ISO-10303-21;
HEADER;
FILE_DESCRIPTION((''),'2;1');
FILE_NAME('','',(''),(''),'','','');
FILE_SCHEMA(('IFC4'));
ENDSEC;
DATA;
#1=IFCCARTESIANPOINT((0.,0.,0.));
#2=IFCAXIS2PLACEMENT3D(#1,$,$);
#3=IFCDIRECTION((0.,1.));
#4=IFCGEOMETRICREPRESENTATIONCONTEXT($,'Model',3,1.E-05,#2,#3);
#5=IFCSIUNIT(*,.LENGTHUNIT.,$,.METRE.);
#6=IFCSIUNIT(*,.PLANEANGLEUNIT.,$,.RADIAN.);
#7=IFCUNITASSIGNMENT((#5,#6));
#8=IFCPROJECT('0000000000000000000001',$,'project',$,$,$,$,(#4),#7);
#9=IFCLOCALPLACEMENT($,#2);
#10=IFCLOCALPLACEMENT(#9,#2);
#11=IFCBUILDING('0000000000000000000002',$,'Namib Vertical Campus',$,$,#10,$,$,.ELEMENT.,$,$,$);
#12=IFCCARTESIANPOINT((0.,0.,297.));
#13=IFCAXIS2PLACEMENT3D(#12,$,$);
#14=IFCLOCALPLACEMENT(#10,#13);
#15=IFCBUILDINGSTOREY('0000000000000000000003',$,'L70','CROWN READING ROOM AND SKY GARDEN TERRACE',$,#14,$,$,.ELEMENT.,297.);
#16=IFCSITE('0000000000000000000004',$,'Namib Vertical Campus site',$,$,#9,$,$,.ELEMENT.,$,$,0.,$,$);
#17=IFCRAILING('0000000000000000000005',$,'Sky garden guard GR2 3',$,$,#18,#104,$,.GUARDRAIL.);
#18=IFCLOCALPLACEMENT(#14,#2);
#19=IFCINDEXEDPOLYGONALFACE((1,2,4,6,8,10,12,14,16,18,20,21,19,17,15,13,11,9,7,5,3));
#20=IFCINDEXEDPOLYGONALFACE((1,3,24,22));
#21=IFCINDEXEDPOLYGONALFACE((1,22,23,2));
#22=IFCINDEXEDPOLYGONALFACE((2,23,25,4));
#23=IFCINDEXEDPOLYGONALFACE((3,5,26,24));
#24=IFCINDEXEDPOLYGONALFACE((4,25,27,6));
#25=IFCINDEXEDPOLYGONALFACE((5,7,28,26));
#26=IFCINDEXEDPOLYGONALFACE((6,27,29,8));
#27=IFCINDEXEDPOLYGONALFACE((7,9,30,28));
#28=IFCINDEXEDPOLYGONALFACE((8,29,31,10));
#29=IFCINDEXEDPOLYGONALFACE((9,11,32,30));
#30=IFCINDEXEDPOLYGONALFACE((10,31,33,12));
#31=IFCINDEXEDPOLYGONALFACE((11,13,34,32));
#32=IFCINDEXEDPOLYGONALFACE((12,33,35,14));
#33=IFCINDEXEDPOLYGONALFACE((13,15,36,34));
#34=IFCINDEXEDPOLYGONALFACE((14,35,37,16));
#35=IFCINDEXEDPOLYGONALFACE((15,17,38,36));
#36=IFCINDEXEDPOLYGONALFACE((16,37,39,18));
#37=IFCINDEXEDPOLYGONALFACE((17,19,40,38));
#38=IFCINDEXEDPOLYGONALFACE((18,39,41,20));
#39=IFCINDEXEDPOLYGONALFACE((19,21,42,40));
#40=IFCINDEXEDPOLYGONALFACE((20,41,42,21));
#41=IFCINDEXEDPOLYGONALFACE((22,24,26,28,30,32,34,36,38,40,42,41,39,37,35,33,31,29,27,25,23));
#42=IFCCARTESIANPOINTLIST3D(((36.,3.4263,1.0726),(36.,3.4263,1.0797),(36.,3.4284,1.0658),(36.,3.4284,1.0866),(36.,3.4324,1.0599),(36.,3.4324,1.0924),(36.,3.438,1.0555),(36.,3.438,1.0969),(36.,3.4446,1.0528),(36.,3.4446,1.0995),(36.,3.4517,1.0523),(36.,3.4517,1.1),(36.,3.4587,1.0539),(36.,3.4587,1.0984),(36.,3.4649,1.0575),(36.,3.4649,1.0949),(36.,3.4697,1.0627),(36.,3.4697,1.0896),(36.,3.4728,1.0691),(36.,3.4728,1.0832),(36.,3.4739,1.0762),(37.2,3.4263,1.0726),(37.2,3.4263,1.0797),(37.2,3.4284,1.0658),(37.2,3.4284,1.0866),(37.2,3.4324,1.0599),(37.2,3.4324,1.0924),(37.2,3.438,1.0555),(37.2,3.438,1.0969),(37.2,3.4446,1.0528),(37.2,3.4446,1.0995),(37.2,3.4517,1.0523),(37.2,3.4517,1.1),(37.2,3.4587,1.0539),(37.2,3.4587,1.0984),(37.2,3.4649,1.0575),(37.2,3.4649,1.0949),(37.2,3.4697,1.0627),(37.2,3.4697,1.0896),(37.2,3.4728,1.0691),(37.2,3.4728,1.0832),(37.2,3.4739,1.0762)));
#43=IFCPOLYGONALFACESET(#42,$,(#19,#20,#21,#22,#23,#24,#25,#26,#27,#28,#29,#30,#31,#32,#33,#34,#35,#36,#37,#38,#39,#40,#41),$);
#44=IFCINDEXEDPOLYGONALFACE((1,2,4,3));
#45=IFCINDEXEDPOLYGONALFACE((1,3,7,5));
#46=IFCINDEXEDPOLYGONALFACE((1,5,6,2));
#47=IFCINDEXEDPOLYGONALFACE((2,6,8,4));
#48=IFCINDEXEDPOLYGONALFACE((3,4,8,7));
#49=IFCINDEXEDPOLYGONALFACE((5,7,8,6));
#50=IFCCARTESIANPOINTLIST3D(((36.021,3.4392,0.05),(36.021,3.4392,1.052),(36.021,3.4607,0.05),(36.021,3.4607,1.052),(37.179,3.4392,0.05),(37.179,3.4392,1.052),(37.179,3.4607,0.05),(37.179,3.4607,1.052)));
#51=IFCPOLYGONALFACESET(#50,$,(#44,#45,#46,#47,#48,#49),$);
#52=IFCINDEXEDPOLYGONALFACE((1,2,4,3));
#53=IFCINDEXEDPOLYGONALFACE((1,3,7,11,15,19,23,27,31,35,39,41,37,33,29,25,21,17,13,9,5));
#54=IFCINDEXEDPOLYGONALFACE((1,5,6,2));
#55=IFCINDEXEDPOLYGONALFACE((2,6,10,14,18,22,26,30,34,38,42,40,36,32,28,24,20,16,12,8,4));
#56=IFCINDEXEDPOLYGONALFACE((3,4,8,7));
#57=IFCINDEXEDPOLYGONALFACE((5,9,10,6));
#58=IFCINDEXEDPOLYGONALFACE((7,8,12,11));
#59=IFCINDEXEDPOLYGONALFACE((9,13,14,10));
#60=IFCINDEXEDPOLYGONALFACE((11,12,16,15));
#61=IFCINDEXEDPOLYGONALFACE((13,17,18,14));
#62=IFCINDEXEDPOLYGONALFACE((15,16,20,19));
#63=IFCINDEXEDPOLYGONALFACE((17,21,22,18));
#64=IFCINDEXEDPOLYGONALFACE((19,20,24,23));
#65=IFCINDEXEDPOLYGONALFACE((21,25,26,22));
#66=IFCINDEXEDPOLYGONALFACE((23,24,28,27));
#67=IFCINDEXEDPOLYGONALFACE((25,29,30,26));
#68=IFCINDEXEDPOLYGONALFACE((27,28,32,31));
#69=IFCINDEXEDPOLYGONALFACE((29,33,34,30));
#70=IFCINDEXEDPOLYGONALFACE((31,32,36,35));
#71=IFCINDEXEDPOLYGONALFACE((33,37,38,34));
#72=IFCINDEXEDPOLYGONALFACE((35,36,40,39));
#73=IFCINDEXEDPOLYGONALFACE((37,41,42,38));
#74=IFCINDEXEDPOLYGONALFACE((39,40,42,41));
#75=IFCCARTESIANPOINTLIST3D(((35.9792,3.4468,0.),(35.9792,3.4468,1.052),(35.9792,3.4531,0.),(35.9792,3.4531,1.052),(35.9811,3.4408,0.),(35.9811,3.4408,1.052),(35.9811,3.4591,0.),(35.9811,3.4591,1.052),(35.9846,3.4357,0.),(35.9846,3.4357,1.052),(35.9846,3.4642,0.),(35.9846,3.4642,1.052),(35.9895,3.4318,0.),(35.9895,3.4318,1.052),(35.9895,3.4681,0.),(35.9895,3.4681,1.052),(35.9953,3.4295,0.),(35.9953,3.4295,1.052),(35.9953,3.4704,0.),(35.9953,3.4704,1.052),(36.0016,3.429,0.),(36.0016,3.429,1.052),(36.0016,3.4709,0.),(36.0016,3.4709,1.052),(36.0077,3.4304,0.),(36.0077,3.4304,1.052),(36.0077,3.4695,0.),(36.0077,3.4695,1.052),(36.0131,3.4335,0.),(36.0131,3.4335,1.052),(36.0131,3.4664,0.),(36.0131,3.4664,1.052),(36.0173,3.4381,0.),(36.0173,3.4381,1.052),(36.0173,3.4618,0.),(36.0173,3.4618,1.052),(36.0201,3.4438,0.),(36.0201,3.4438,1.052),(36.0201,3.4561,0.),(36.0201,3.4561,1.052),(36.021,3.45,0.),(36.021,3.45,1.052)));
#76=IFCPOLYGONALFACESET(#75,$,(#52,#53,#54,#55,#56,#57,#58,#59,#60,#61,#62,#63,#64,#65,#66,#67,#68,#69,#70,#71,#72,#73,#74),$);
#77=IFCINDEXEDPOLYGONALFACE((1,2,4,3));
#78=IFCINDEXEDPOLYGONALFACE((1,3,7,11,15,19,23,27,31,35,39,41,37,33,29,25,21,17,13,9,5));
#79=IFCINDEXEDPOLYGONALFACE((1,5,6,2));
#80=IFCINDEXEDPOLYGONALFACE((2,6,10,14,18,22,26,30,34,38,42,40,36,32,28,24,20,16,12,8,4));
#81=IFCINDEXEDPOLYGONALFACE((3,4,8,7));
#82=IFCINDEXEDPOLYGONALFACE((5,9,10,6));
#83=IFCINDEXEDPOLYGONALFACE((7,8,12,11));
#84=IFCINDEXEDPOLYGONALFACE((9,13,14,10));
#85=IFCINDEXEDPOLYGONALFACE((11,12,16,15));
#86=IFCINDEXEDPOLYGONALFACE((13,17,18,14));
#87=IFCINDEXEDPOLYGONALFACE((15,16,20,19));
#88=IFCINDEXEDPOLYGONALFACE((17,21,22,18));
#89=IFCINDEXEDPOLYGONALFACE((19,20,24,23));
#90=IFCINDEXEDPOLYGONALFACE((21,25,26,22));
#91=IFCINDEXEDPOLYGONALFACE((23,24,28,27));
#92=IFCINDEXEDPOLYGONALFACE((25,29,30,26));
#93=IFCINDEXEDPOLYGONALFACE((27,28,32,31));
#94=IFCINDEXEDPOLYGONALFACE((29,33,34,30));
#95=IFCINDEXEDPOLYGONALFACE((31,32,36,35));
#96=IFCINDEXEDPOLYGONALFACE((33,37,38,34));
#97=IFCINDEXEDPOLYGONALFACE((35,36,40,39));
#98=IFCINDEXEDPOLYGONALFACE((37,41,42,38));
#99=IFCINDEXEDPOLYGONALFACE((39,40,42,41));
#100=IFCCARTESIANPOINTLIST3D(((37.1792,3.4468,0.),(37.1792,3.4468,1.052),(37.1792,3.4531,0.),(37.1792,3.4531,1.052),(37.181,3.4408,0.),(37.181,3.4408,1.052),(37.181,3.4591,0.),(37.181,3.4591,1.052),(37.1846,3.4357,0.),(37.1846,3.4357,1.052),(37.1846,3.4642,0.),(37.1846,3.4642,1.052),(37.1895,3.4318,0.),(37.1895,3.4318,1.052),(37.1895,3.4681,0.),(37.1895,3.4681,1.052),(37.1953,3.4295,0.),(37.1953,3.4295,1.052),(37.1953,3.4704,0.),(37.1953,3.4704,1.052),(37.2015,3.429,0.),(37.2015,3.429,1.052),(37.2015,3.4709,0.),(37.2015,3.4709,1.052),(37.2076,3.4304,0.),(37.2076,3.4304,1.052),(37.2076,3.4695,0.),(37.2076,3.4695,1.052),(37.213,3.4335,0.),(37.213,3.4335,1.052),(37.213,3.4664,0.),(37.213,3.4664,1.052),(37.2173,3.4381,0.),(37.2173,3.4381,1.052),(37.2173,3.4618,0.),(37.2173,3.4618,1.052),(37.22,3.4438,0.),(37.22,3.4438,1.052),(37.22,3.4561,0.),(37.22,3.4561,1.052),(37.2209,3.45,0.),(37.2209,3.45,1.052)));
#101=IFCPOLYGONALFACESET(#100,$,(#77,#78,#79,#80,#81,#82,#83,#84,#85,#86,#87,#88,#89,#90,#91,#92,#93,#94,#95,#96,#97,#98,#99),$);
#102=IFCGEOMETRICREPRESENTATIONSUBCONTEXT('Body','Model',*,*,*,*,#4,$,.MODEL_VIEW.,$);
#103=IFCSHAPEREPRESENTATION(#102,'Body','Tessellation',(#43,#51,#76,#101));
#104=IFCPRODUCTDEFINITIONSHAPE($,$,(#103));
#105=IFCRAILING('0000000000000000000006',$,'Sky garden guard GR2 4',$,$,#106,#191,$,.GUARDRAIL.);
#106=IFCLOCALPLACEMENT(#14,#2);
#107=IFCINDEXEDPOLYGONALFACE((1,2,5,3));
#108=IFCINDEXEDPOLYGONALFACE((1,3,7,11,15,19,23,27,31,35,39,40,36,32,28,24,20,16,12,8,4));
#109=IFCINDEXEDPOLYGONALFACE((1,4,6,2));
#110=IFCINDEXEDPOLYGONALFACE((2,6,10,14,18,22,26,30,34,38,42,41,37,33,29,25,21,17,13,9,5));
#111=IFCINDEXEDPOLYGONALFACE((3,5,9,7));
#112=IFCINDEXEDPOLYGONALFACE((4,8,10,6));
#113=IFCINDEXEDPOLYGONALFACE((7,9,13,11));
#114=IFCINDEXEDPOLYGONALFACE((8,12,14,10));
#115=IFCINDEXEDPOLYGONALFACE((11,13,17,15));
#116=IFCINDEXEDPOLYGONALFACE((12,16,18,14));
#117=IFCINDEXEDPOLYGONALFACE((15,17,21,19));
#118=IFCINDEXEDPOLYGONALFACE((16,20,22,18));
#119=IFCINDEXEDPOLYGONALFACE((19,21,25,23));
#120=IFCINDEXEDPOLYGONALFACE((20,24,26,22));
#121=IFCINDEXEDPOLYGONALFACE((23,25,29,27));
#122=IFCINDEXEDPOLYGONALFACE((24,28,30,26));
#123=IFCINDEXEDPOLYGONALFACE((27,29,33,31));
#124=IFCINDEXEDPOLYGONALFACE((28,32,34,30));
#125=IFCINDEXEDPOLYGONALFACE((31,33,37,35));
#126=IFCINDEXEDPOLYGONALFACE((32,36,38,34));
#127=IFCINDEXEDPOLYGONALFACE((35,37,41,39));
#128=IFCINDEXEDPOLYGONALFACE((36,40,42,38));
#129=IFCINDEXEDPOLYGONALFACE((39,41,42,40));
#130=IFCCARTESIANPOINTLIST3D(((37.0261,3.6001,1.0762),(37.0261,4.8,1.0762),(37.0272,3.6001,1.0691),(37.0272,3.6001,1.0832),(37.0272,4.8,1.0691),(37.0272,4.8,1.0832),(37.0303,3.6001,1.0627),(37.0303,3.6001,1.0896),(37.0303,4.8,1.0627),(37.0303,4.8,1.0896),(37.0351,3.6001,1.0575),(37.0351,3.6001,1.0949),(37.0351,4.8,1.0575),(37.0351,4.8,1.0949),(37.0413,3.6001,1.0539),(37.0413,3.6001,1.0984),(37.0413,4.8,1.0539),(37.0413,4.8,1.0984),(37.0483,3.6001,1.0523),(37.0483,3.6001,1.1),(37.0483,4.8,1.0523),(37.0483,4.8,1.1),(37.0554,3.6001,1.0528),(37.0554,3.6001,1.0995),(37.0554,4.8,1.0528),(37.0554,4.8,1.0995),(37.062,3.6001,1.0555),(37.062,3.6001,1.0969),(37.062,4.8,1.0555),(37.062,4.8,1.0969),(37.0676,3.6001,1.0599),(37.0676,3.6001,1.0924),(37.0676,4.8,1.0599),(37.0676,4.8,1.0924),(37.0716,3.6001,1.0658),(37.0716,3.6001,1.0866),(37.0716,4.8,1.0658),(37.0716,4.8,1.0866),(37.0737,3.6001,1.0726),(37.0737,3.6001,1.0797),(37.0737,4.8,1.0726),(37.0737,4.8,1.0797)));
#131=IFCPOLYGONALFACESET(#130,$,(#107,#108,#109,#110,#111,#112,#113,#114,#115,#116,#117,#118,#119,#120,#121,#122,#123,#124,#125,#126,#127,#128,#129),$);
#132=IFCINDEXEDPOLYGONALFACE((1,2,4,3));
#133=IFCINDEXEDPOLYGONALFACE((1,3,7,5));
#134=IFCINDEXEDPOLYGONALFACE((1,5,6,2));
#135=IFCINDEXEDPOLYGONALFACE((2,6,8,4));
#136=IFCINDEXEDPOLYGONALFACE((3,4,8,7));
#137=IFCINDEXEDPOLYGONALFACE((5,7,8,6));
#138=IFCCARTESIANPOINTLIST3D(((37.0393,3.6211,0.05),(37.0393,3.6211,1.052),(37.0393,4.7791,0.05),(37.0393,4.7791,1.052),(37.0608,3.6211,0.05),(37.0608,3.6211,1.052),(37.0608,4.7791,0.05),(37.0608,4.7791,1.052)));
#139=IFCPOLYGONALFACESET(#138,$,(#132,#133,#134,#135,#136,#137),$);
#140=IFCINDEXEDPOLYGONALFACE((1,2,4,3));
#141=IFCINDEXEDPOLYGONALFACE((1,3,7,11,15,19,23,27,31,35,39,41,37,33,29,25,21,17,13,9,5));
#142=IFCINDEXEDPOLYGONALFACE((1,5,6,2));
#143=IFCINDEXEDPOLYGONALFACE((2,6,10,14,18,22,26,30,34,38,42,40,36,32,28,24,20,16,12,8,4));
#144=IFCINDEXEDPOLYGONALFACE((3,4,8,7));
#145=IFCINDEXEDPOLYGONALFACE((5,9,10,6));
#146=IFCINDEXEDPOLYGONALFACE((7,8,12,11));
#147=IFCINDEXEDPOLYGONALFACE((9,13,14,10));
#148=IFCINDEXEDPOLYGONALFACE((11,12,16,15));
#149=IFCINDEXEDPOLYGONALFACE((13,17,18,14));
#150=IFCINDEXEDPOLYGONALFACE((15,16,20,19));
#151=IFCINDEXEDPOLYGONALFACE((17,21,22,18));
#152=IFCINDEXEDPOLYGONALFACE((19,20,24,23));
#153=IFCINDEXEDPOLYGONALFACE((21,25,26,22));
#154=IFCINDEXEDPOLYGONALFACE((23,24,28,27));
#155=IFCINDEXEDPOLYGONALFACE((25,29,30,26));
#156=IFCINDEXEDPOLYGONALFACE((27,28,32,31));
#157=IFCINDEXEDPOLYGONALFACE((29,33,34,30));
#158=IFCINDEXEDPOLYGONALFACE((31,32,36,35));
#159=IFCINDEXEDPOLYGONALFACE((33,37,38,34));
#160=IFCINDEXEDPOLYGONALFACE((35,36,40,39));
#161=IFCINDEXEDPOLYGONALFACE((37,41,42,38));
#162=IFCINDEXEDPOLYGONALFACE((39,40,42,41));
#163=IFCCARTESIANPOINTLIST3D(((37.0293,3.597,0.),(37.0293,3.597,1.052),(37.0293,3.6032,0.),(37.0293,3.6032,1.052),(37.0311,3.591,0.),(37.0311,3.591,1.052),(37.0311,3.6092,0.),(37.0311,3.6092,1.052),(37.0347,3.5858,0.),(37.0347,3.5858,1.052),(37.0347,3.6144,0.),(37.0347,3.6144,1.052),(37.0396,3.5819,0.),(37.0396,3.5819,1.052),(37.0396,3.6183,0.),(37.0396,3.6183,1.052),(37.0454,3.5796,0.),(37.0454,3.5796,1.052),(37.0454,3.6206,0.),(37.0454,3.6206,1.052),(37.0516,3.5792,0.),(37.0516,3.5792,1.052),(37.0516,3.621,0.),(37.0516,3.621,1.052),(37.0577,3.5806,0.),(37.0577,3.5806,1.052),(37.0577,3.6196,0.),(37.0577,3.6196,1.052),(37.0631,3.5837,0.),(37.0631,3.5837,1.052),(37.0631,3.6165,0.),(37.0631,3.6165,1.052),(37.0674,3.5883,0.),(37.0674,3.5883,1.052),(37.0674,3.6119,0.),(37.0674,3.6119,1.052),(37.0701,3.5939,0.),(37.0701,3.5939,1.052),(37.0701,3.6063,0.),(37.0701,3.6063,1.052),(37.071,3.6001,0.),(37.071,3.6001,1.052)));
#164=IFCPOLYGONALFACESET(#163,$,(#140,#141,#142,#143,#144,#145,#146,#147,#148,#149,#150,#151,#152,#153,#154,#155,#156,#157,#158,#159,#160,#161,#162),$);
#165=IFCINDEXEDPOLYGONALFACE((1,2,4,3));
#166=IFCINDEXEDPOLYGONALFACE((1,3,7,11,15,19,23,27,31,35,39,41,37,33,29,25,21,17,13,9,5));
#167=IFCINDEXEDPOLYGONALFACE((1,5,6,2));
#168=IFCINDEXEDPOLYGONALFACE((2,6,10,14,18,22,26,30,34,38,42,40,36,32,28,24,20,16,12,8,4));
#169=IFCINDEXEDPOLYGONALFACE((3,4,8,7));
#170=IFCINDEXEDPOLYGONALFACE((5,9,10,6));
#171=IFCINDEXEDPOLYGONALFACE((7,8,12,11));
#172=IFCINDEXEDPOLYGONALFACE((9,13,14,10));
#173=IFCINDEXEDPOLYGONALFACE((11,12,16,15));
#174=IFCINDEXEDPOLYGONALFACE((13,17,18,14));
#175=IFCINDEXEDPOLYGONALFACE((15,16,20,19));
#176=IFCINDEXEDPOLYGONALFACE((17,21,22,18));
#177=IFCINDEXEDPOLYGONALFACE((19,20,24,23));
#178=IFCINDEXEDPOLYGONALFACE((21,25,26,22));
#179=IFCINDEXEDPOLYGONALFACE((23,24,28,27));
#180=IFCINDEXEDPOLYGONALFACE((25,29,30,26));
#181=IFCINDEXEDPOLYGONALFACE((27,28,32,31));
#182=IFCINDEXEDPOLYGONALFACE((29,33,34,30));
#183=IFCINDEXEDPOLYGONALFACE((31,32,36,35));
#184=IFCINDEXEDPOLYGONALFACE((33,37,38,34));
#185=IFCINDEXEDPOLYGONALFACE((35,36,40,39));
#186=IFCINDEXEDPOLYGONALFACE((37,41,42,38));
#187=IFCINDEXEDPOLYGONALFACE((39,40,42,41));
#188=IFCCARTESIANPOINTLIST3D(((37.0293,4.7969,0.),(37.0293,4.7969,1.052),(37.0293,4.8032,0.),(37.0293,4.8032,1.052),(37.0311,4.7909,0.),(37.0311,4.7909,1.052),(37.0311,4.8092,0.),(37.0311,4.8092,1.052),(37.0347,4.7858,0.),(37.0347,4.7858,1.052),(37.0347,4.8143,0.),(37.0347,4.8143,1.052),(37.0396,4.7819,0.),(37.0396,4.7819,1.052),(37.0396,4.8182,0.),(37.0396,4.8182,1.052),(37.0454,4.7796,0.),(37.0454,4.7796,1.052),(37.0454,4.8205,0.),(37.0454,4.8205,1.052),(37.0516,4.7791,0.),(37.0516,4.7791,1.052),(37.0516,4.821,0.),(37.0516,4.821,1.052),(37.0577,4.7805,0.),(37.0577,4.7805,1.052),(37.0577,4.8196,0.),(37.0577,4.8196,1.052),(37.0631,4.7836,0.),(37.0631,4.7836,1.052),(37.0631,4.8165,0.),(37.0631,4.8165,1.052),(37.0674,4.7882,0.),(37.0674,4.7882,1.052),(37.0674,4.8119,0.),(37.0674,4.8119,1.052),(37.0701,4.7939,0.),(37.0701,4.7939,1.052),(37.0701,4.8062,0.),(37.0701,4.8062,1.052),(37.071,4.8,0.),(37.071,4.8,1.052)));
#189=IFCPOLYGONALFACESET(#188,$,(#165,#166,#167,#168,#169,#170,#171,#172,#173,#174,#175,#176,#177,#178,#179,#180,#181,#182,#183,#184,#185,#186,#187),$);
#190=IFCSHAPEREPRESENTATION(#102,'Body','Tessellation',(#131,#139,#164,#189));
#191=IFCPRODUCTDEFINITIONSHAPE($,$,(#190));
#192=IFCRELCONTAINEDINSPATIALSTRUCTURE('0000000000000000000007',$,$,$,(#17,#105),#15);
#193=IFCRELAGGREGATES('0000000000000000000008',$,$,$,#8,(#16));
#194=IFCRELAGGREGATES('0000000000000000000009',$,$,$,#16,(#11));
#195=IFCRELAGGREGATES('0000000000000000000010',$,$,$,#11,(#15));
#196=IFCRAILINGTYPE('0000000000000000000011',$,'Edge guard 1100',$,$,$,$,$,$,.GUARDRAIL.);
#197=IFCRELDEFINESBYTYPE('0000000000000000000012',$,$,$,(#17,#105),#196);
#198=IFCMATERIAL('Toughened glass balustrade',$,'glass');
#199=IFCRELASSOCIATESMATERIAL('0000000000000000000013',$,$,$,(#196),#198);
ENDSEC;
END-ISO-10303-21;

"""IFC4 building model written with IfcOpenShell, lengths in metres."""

from ifc_helpers import new_model, si_unit, direction, frame, origin, origin_2d, place, context, subcontext, project, spatial, polyline, circle, outline, extrude, material, type_object, element, save


model = new_model("IFC4")

# Units and contexts
model_context = context("Model", 3, precision=1e-05, world=origin(), true_north=direction((0.0, 1.0)))
body_context = subcontext(model_context, "Body", "Model", "MODEL_VIEW")
ifc_project = project(units=[si_unit("LENGTHUNIT", "METRE"), si_unit("PLANEANGLEUNIT", "RADIAN")], contexts=[model_context])

# Site, building, storey
site_placement = place(None, origin())
site = spatial("IfcSite", under=ifc_project, at=site_placement, Name="Namib Vertical Campus site", CompositionType="ELEMENT", RefElevation=0.0)
building_placement = place(site_placement, origin())
building = spatial("IfcBuilding", under=site, at=building_placement, Name="Namib Vertical Campus", CompositionType="ELEMENT")
storey_placement = place(building_placement, frame((0.0, 0.0, 297.0)))
storey = spatial("IfcBuildingStorey", under=building, at=storey_placement, Name="L70", Description="CROWN READING ROOM AND SKY GARDEN TERRACE", CompositionType="ELEMENT", Elevation=297.0)

# Railings
ifc_material_1 = material(Name="Toughened glass balustrade", Category="glass")
railing_type = type_object("IfcRailingType", Name="Edge guard 1100", PredefinedType="GUARDRAIL", material=ifc_material_1)
railing_1_placement = place(storey_placement, frame((36.0, 3.45, 0.0)))
element("IfcRailing", 1, at=railing_1_placement, inside=storey, type_object=railing_type, Name="Sky garden guard GR2 3", PredefinedType="GUARDRAIL", context=body_context, shape_type="SweptSolid", body=[
    extrude(circle(Radius=0.0239, at=origin_2d()), frame((0.0, 0.0, 1.0762), z_axis=(1.0, 0.0, 0.0), x_axis=(0.0, 1.0, 0.0)), (0.0, 0.0, 1.0), 1.2),
    extrude(outline(polyline([(0.021, 0.05), (1.179, 0.05), (1.179, 1.052), (0.021, 1.052), (0.021, 0.05)])), frame((0.0, 0.0107, 0.0), z_axis=(0.0, -1.0, 0.0), x_axis=(1.0, 0.0, 0.0)), (0.0, 0.0, 1.0), 0.0215),
    extrude(circle(Radius=0.021, at=origin_2d()), origin(), (0.0, 0.0, 1.0), 1.052),
    extrude(circle(Radius=0.021, at=origin_2d()), frame((1.2, 0.0, 0.0)), (0.0, 0.0, 1.0), 1.052),
])
railing_2_placement = place(storey_placement, frame((37.05, 3.6001, 0.0)))
element("IfcRailing", 2, at=railing_2_placement, inside=storey, type_object=railing_type, Name="Sky garden guard GR2 4", PredefinedType="GUARDRAIL", context=body_context, shape_type="SweptSolid", body=[
    extrude(circle(Radius=0.0239, at=origin_2d()), frame((0.0, 0.0, 1.0762), z_axis=(0.0, 1.0, 0.0), x_axis=(-1.0, 0.0, 0.0)), (0.0, 0.0, 1.0), 1.2),
    extrude(outline(polyline([(0.021, 0.05), (1.179, 0.05), (1.179, 1.052), (0.021, 1.052), (0.021, 0.05)])), frame((-0.0107, 0.0, 0.0), z_axis=(1.0, 0.0, 0.0), x_axis=(0.0, 1.0, 0.0)), (0.0, 0.0, 1.0), 0.0215),
    extrude(circle(Radius=0.021, at=origin_2d()), origin(), (0.0, 0.0, 1.0), 1.052),
    extrude(circle(Radius=0.021, at=origin_2d()), frame((0.0, 1.2, 0.0)), (0.0, 0.0, 1.0), 1.052),
])

save(model, "model.ifc")
